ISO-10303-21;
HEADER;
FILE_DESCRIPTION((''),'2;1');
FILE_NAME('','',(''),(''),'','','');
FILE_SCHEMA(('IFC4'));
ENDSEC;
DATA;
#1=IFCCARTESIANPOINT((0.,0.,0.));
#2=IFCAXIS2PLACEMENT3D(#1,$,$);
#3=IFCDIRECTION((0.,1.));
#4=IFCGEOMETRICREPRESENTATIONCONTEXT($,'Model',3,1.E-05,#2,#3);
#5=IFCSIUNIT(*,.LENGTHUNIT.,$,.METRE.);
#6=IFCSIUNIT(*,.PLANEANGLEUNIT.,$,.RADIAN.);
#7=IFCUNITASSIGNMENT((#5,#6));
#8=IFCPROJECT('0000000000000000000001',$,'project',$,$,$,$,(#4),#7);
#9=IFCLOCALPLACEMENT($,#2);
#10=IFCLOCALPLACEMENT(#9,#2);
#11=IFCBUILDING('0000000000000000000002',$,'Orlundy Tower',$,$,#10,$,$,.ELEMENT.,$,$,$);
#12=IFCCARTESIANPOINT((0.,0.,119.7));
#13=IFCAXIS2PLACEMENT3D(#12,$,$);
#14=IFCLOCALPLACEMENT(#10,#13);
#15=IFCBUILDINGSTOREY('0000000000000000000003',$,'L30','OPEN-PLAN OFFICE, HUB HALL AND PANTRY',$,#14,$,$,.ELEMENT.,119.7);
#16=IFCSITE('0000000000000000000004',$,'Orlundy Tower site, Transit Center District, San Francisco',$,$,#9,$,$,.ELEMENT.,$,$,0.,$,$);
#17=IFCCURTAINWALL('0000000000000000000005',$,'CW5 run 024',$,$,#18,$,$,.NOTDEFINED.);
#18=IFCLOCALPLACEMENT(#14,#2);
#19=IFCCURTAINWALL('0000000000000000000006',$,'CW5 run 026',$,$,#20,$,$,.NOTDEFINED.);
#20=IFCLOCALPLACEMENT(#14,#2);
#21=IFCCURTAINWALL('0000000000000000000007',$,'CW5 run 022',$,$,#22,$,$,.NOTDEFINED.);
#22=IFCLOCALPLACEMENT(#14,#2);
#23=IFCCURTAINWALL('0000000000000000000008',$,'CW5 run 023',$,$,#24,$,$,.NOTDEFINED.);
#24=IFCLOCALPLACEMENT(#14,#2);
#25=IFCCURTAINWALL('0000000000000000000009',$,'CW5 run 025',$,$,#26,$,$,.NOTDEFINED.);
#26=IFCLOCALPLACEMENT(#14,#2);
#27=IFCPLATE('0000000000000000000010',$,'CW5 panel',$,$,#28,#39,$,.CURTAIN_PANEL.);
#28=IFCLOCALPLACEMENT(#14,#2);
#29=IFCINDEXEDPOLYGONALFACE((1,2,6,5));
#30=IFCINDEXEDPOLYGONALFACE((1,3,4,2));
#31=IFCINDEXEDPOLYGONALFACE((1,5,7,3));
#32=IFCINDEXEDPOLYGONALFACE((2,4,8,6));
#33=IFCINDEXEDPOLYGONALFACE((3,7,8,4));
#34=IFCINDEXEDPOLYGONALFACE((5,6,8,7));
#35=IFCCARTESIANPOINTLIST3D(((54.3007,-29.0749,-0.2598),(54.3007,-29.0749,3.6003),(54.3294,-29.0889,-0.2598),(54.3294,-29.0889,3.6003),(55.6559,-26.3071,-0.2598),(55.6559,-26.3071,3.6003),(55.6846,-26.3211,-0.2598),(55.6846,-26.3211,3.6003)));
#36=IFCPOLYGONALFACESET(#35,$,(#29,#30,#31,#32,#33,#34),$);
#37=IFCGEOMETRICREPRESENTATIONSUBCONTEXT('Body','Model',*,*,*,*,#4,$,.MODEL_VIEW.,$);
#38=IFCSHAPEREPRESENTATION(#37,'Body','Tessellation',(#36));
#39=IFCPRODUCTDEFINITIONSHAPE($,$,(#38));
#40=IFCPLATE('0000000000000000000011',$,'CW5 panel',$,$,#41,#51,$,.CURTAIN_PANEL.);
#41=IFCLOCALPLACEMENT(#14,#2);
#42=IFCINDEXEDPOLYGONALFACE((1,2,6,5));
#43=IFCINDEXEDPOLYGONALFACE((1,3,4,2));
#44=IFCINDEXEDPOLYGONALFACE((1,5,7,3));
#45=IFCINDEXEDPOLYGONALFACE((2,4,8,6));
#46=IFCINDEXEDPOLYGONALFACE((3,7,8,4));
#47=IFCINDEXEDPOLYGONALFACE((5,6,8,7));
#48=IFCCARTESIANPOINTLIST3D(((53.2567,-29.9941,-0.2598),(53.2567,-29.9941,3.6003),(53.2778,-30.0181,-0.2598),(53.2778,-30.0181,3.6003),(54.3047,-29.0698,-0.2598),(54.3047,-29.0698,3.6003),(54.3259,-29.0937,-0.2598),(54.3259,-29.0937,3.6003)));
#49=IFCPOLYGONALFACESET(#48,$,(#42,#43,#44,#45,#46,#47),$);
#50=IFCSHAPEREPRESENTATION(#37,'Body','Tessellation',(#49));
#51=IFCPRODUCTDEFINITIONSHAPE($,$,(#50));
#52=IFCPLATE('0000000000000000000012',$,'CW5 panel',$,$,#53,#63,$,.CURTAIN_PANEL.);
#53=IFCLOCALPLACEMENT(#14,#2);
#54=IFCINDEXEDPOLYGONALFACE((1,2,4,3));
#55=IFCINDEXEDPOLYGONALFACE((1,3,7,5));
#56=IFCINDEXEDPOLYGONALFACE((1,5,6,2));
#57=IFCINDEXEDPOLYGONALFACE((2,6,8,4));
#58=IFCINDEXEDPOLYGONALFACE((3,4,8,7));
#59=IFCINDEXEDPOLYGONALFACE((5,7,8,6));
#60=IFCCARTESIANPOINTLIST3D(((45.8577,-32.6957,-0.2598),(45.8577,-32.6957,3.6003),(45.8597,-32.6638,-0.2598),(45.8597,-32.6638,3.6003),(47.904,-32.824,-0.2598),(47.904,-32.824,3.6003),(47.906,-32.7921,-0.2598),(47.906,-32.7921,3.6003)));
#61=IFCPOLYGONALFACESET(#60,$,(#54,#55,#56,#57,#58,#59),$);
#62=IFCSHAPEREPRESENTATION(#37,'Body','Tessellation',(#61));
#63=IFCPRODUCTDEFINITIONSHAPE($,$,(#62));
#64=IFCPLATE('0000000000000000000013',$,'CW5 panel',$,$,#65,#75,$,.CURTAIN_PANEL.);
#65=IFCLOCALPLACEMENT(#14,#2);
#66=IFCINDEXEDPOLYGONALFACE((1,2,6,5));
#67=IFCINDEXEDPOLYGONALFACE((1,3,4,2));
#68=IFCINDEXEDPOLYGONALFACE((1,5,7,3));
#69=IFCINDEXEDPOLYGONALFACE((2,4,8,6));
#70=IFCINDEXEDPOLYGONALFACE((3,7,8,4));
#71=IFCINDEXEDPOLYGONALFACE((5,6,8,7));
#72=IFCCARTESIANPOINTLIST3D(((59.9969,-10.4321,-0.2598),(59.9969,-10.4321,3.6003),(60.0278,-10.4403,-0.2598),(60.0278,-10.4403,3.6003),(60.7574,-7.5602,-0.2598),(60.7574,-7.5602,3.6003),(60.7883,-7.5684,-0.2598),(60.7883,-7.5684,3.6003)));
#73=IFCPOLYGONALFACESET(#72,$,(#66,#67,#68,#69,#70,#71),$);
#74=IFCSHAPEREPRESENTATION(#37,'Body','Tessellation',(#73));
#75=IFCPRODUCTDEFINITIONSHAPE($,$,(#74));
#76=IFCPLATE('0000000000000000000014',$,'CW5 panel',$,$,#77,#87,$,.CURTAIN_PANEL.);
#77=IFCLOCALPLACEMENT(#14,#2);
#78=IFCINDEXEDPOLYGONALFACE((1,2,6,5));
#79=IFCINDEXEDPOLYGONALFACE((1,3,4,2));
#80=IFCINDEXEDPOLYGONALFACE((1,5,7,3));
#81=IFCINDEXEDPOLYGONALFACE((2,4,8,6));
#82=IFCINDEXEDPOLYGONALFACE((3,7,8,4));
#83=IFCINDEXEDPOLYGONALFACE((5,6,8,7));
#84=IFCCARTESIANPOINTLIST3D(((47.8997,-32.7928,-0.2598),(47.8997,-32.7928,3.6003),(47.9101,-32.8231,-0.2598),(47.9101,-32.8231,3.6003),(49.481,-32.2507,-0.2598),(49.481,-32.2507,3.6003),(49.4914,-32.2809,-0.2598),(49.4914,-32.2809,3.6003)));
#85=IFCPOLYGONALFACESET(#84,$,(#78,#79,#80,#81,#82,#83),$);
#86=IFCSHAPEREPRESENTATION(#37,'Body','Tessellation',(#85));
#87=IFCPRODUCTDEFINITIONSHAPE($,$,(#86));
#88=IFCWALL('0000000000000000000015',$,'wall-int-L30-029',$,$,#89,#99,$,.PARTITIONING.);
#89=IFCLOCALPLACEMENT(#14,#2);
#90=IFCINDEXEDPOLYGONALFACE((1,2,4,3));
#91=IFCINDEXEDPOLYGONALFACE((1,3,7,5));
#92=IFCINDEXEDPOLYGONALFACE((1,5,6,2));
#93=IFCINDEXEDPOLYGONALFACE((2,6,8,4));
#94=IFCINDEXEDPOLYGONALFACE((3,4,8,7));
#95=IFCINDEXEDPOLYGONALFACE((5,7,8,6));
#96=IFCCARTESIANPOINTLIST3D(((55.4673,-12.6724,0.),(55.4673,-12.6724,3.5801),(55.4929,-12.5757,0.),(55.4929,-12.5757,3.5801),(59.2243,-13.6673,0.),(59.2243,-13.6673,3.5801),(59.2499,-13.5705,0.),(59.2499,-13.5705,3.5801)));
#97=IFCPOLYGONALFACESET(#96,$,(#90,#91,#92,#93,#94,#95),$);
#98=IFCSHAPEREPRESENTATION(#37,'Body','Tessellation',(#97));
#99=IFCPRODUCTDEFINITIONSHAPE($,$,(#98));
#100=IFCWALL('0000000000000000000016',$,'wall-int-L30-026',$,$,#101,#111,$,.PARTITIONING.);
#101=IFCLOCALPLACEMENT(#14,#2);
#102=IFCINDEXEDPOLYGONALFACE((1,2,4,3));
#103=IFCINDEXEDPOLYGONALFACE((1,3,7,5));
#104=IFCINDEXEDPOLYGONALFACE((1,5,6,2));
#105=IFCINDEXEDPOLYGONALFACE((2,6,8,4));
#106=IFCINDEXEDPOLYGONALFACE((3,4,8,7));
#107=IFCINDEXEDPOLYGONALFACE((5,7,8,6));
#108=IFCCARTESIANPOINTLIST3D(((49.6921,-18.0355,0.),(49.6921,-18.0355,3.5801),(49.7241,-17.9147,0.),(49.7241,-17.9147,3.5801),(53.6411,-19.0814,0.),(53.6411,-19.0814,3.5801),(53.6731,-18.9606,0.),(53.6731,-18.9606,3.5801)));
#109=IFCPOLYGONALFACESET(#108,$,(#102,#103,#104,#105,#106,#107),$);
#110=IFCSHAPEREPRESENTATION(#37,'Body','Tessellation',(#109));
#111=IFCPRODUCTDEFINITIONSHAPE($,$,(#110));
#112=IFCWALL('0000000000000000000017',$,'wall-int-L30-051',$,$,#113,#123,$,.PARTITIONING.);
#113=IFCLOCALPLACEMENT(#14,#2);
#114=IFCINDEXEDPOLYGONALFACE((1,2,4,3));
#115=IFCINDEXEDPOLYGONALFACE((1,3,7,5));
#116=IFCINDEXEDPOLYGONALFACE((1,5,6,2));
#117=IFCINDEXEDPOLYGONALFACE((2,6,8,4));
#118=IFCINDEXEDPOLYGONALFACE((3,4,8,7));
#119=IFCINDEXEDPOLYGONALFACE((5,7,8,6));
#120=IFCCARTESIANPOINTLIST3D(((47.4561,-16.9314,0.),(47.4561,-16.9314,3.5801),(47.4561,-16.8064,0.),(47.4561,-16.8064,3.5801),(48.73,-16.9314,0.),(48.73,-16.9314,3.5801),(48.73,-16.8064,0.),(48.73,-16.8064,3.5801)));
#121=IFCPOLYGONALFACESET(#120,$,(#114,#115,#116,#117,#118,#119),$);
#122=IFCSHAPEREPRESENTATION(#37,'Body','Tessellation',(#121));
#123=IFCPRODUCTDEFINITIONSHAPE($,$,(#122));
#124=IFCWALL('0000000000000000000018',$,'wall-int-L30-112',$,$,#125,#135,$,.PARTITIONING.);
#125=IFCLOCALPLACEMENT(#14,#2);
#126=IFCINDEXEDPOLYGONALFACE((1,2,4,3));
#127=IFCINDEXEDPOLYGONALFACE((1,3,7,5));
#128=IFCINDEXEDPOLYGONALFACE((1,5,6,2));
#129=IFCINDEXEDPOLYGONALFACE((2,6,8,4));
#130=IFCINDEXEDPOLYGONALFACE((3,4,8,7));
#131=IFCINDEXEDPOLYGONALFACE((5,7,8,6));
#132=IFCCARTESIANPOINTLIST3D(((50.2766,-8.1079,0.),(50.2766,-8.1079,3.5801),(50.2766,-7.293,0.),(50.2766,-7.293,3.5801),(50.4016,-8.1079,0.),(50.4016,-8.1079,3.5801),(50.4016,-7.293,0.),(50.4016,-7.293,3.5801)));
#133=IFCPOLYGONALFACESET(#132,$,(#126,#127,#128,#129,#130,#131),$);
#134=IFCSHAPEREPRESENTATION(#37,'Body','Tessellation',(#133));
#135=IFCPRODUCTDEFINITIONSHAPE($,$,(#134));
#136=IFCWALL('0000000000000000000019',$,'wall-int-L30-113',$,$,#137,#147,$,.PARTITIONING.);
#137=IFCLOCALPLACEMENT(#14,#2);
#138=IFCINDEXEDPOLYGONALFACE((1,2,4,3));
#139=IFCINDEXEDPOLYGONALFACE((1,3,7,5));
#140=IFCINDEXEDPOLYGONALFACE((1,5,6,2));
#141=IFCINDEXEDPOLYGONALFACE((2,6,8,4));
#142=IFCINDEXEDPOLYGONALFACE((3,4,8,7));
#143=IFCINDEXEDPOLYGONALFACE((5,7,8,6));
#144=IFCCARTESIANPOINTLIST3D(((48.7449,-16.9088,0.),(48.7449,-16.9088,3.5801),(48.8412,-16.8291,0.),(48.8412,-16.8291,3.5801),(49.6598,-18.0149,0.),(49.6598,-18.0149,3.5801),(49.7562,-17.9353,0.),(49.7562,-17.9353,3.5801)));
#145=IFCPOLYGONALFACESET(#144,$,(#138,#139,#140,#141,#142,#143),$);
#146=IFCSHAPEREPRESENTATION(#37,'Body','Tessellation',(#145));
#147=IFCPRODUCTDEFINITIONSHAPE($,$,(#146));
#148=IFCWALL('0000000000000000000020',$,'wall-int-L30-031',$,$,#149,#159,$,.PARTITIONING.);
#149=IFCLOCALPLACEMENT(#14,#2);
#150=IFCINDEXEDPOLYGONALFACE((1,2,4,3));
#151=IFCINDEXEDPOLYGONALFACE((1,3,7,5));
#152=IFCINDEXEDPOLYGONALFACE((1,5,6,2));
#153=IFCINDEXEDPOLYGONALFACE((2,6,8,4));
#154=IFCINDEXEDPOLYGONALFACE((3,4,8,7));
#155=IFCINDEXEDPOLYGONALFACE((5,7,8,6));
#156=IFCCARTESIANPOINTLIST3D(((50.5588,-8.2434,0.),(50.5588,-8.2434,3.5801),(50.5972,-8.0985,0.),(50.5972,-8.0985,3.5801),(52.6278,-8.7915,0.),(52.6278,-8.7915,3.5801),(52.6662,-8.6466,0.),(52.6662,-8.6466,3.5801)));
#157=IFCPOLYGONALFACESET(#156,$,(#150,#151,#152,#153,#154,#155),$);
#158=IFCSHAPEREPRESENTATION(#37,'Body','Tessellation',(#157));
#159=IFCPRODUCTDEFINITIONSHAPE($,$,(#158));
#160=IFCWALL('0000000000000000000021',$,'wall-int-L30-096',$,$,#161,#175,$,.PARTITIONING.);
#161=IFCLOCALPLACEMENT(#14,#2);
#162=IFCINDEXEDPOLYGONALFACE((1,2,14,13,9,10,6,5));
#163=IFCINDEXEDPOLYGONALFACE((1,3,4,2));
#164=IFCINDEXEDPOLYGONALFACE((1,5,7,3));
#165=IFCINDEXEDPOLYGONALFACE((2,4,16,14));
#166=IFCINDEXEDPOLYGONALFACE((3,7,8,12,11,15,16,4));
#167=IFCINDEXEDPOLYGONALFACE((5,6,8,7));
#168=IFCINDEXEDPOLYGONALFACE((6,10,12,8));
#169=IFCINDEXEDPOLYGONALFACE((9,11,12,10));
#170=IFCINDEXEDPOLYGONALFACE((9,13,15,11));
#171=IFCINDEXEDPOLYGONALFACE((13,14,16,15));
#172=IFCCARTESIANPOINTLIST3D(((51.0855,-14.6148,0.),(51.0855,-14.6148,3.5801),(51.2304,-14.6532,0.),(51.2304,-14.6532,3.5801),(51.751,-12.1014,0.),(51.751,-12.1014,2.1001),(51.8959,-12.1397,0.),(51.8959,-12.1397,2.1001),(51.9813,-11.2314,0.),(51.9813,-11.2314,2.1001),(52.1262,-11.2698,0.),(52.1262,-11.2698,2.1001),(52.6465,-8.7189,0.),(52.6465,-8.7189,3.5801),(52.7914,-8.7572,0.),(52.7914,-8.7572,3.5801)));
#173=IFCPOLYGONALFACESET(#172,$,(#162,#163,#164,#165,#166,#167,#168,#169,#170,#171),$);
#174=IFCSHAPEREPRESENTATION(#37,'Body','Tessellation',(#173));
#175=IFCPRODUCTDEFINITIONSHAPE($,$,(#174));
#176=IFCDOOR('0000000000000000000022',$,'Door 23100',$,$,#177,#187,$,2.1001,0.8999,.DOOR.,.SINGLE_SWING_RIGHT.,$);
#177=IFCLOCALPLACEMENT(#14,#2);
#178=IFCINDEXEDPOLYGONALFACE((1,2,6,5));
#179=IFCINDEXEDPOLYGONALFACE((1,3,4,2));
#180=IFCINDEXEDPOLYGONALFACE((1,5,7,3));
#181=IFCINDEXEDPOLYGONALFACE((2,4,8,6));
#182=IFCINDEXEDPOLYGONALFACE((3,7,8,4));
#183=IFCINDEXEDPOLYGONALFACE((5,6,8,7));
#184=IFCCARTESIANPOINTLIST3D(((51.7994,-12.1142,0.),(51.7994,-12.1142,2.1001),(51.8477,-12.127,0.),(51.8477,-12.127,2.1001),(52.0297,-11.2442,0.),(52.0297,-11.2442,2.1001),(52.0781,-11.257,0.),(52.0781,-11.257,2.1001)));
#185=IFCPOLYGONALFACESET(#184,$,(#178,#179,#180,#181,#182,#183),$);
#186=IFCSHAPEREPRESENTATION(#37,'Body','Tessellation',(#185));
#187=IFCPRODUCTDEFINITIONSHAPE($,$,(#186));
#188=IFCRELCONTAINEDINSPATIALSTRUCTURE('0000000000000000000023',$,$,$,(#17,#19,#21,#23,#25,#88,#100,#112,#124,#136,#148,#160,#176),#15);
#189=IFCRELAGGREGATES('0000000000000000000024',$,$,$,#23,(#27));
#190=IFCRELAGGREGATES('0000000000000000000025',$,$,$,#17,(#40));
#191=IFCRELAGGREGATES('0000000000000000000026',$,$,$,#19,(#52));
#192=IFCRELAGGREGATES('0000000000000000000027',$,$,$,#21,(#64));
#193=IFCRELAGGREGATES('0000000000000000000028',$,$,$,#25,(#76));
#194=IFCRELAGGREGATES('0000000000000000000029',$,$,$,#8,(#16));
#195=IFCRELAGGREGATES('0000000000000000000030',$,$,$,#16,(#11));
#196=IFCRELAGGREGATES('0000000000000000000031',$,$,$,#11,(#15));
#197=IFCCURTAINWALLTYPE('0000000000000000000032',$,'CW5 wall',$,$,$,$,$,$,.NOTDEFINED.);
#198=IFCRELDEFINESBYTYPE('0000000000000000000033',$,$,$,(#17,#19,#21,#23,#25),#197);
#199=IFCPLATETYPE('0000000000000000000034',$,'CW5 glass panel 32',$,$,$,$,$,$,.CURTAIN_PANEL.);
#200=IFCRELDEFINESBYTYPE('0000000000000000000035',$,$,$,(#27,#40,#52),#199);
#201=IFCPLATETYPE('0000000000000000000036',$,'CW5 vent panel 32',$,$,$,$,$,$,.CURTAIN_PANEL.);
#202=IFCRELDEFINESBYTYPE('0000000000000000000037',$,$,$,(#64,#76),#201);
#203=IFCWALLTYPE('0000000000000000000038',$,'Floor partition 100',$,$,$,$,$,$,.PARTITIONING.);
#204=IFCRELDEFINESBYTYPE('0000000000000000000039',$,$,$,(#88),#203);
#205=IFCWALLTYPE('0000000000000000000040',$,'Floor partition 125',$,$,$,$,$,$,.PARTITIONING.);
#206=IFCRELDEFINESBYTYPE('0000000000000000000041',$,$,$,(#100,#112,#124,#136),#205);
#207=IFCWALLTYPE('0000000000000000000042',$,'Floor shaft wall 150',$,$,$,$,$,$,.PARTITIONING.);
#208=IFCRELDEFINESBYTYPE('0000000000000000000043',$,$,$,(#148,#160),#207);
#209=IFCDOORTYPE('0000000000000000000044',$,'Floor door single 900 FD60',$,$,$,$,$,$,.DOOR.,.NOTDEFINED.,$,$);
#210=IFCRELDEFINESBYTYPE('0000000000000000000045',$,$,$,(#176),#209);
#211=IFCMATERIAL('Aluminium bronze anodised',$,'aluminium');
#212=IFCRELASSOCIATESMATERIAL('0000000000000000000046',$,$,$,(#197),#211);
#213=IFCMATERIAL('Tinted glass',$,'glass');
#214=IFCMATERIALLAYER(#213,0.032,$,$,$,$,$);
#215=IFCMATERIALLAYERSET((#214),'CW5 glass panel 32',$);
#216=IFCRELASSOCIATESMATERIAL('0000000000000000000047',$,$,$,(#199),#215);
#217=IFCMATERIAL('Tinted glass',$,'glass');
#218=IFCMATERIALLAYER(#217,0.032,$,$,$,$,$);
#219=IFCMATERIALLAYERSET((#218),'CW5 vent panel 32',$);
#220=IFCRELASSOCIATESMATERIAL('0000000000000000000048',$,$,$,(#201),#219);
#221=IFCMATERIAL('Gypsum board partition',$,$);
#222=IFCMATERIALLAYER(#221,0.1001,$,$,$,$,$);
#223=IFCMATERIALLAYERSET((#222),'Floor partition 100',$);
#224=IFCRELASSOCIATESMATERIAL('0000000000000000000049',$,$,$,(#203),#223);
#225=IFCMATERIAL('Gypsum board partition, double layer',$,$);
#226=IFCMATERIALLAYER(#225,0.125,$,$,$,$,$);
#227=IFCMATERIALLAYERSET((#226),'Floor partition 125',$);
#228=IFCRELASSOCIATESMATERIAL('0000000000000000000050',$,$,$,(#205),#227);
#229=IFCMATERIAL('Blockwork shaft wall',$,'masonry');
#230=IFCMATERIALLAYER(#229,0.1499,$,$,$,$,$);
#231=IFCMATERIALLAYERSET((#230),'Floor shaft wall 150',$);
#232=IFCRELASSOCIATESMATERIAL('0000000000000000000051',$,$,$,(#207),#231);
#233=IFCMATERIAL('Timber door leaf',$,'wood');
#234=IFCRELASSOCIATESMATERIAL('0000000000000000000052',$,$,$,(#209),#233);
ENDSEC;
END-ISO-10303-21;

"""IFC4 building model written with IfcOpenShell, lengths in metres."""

from ifc_helpers import new_model, si_unit, direction, frame, frame_2d, origin, origin_2d, place, context, subcontext, project, spatial, rectangle, extrude, material, layer, layer_set, type_object, element, fill, aggregate, save


model = new_model("IFC4")

# Units and contexts
model_context = context("Model", 3, precision=1e-05, world=origin(), true_north=direction((0.0, 1.0)))
body_context = subcontext(model_context, "Body", "Model", "MODEL_VIEW")
ifc_project = project(units=[si_unit("LENGTHUNIT", "METRE"), si_unit("PLANEANGLEUNIT", "RADIAN")], contexts=[model_context])

# Site, building, storey
site_placement = place(None, origin())
site = spatial("IfcSite", under=ifc_project, at=site_placement, Name="Orlundy Tower site, Transit Center District, San Francisco", CompositionType="ELEMENT", RefElevation=0.0)
building_placement = place(site_placement, origin())
building = spatial("IfcBuilding", under=site, at=building_placement, Name="Orlundy Tower", CompositionType="ELEMENT")
storey_placement = place(building_placement, frame((0.0, 0.0, 119.7)))
storey = spatial("IfcBuildingStorey", under=building, at=storey_placement, Name="L30", Description="OPEN-PLAN OFFICE, HUB HALL AND PANTRY", CompositionType="ELEMENT", Elevation=119.7)

# Curtain walls
ifc_material_1 = material(Name="Aluminium bronze anodised", Category="aluminium")
curtain_wall_type = type_object("IfcCurtainWallType", Name="CW5 wall", PredefinedType="NOTDEFINED", material=ifc_material_1)
curtain_wall_1_placement = place(storey_placement, origin())
curtain_wall_1 = element("IfcCurtainWall", 1, at=curtain_wall_1_placement, inside=storey, type_object=curtain_wall_type, Name="CW5 run 024", PredefinedType="NOTDEFINED")
curtain_wall_2_placement = place(storey_placement, origin())
curtain_wall_2 = element("IfcCurtainWall", 2, at=curtain_wall_2_placement, inside=storey, type_object=curtain_wall_type, Name="CW5 run 026", PredefinedType="NOTDEFINED")

# Curtain wall
curtain_wall_3_placement = place(storey_placement, origin())
curtain_wall_3 = element("IfcCurtainWall", 3, at=curtain_wall_3_placement, inside=storey, type_object=curtain_wall_type, Name="CW5 run 022", PredefinedType="NOTDEFINED")

# Curtain wall
curtain_wall_4_placement = place(storey_placement, origin())
curtain_wall_4 = element("IfcCurtainWall", 4, at=curtain_wall_4_placement, inside=storey, type_object=curtain_wall_type, Name="CW5 run 023", PredefinedType="NOTDEFINED")

# Curtain wall
curtain_wall_5_placement = place(storey_placement, origin())
curtain_wall_5 = element("IfcCurtainWall", 5, at=curtain_wall_5_placement, inside=storey, type_object=curtain_wall_type, Name="CW5 run 025", PredefinedType="NOTDEFINED")

# Plates
ifc_material_2 = material(Name="Tinted glass", Category="glass")
ifc_layer_1 = layer(ifc_material_2, 0.032)
ifc_layer_set_1 = layer_set([ifc_layer_1], Name="CW5 glass panel 32")
plate_type_1 = type_object("IfcPlateType", Name="CW5 glass panel 32", PredefinedType="CURTAIN_PANEL", material=ifc_layer_set_1)
plate_1_placement = place(storey_placement, frame((54.9927, -27.698, -0.2598), z_axis=(0.0, 0.0, 1.0), x_axis=(-0.439752, -0.898119, 0.0)))
plate_1 = element("IfcPlate", 6, at=plate_1_placement, type_object=plate_type_1, Name="CW5 panel", PredefinedType="CURTAIN_PANEL", context=body_context, shape_type="SweptSolid", body=[
    extrude(rectangle(XDim=3.0818, YDim=0.032, at=origin_2d()), origin(), (0.0, 0.0, 1.0), 3.8601),
])
aggregate(curtain_wall_4, [plate_1])
plate_2_placement = place(storey_placement, frame((53.7913, -29.5439, -0.2598), z_axis=(0.0, 0.0, 1.0), x_axis=(-0.749964, -0.661479, 0.0)))
plate_2 = element("IfcPlate", 7, at=plate_2_placement, type_object=plate_type_1, Name="CW5 panel", PredefinedType="CURTAIN_PANEL", context=body_context, shape_type="SweptSolid", body=[
    extrude(rectangle(XDim=1.3975, YDim=0.032, at=origin_2d()), origin(), (0.0, 0.0, 1.0), 3.8601),
])
aggregate(curtain_wall_1, [plate_2])
plate_3_placement = place(storey_placement, frame((46.8818, -32.7439, -0.2598), z_axis=(0.0, 0.0, 1.0), x_axis=(-0.99804, 0.06258, 0.0)))
plate_3 = element("IfcPlate", 8, at=plate_3_placement, type_object=plate_type_1, Name="CW5 panel", PredefinedType="CURTAIN_PANEL", context=body_context, shape_type="SweptSolid", body=[
    extrude(rectangle(XDim=2.0503, YDim=0.032, at=origin_2d()), origin(), (0.0, 0.0, 1.0), 3.8601),
])
aggregate(curtain_wall_2, [plate_3])
ifc_material_3 = material(Name="Tinted glass", Category="glass")
ifc_layer_2 = layer(ifc_material_3, 0.032)
ifc_layer_set_2 = layer_set([ifc_layer_2], Name="CW5 vent panel 32")
plate_type_2 = type_object("IfcPlateType", Name="CW5 vent panel 32", PredefinedType="CURTAIN_PANEL", material=ifc_layer_set_2)
plate_4_placement = place(storey_placement, frame((60.3926, -9.0002, -0.2598), z_axis=(0.0, 0.0, 1.0), x_axis=(-0.255991, -0.966679, 0.0)))
plate_4 = element("IfcPlate", 9, at=plate_4_placement, type_object=plate_type_2, Name="CW5 panel", PredefinedType="CURTAIN_PANEL", context=body_context, shape_type="SweptSolid", body=[
    extrude(rectangle(XDim=2.9709, YDim=0.032, at=origin_2d()), origin(), (0.0, 0.0, 1.0), 3.8601),
])
aggregate(curtain_wall_3, [plate_4])
plate_5_placement = place(storey_placement, frame((48.6956, -32.5369, -0.2598), z_axis=(0.0, 0.0, 1.0), x_axis=(-0.945951, -0.324311, 0.0)))
plate_5 = element("IfcPlate", 10, at=plate_5_placement, type_object=plate_type_2, Name="CW5 panel", PredefinedType="CURTAIN_PANEL", context=body_context, shape_type="SweptSolid", body=[
    extrude(rectangle(XDim=1.6716, YDim=0.032, at=origin_2d()), origin(), (0.0, 0.0, 1.0), 3.8601),
])
aggregate(curtain_wall_5, [plate_5])

# Walls
ifc_material_4 = material(Name="Gypsum board partition")
ifc_layer_3 = layer(ifc_material_4, 0.1001)
ifc_layer_set_3 = layer_set([ifc_layer_3], Name="Floor partition 100")
wall_type_1 = type_object("IfcWallType", Name="Floor partition 100", PredefinedType="PARTITIONING", material=ifc_layer_set_3)
wall_1_placement = place(storey_placement, frame((55.48, -12.624, 0.0), z_axis=(0.0, 0.0, 1.0), x_axis=(0.966683, -0.255977, 0.0)))
element("IfcWall", 11, at=wall_1_placement, inside=storey, type_object=wall_type_1, Name="wall-int-L30-029", PredefinedType="PARTITIONING", context=body_context, shape_type="SweptSolid", body=[
    extrude(rectangle(XDim=3.8865, YDim=0.1001, at=frame_2d((1.9434, 0.0))), origin(), (0.0, 0.0, 1.0), 3.5801),
])
ifc_material_5 = material(Name="Gypsum board partition, double layer")
ifc_layer_4 = layer(ifc_material_5, 0.125)
ifc_layer_set_4 = layer_set([ifc_layer_4], Name="Floor partition 125")
wall_type_2 = type_object("IfcWallType", Name="Floor partition 125", PredefinedType="PARTITIONING", material=ifc_layer_set_4)
wall_2_placement = place(storey_placement, frame((53.657, -19.021, 0.0), z_axis=(0.0, 0.0, 1.0), x_axis=(-0.96667, 0.256026, 0.0)))
element("IfcWall", 12, at=wall_2_placement, inside=storey, type_object=wall_type_2, Name="wall-int-L30-026", PredefinedType="PARTITIONING", context=body_context, shape_type="SweptSolid", body=[
    extrude(rectangle(XDim=4.0852, YDim=0.125, at=frame_2d((2.0425, 0.0))), origin(), (0.0, 0.0, 1.0), 3.5801),
])
wall_3_placement = place(storey_placement, frame((47.4561, -16.8689, 0.0), z_axis=(0.0, 0.0, 1.0), x_axis=(1.0, 0.0, 0.0)))
element("IfcWall", 13, at=wall_3_placement, inside=storey, type_object=wall_type_2, Name="wall-int-L30-051", PredefinedType="PARTITIONING", context=body_context, shape_type="SweptSolid", body=[
    extrude(rectangle(XDim=1.2739, YDim=0.125, at=frame_2d((0.637, 0.0))), origin(), (0.0, 0.0, 1.0), 3.5801),
])
wall_4_placement = place(storey_placement, frame((50.3391, -8.1079, 0.0), z_axis=(0.0, 0.0, 1.0), x_axis=(0.0, 1.0, 0.0)))
element("IfcWall", 14, at=wall_4_placement, inside=storey, type_object=wall_type_2, Name="wall-int-L30-112", PredefinedType="PARTITIONING", context=body_context, shape_type="SweptSolid", body=[
    extrude(rectangle(XDim=0.8149, YDim=0.125, at=frame_2d((0.4075, 0.0))), origin(), (0.0, 0.0, 1.0), 3.5801),
])
wall_5_placement = place(storey_placement, frame((49.708, -17.9751, 0.0), z_axis=(0.0, 0.0, 1.0), x_axis=(-0.637387, 0.770544, 0.0)))
element("IfcWall", 15, at=wall_5_placement, inside=storey, type_object=wall_type_2, Name="wall-int-L30-113", PredefinedType="PARTITIONING", context=body_context, shape_type="SweptSolid", body=[
    extrude(rectangle(XDim=1.4355, YDim=0.125, at=frame_2d((0.7178, 0.0))), origin(), (0.0, 0.0, 1.0), 3.5801),
])
ifc_material_6 = material(Name="Blockwork shaft wall", Category="masonry")
ifc_layer_5 = layer(ifc_material_6, 0.1499)
ifc_layer_set_5 = layer_set([ifc_layer_5], Name="Floor shaft wall 150")
wall_type_3 = type_object("IfcWallType", Name="Floor shaft wall 150", PredefinedType="PARTITIONING", material=ifc_layer_set_5)
wall_6_placement = place(storey_placement, frame((50.5779, -8.1709, 0.0), z_axis=(0.0, 0.0, 1.0), x_axis=(0.96666, -0.256065, 0.0)))
element("IfcWall", 16, at=wall_6_placement, inside=storey, type_object=wall_type_3, Name="wall-int-L30-031", PredefinedType="PARTITIONING", context=body_context, shape_type="SweptSolid", body=[
    extrude(rectangle(XDim=2.1404, YDim=0.1499, at=frame_2d((1.0703, 0.0))), origin(), (0.0, 0.0, 1.0), 3.5801),
])

# Wall, opening, door
wall_7_placement = place(storey_placement, frame((51.158, -14.634, 0.0), z_axis=(0.0, 0.0, 1.0), x_axis=(0.255943, 0.966692, 0.0)))
wall_7 = element("IfcWall", 17, at=wall_7_placement, inside=storey, type_object=wall_type_3, Name="wall-int-L30-096", PredefinedType="PARTITIONING", context=body_context, shape_type="SweptSolid", body=[
    extrude(rectangle(XDim=6.0991, YDim=0.1499, at=frame_2d((3.0496, 0.0))), origin(), (0.0, 0.0, 1.0), 3.5801),
])
opening_placement = place(wall_7_placement, frame((2.6001, 0.0, 0.0)))
opening = element("IfcOpeningElement", 18, at=opening_placement, cuts=wall_7, PredefinedType="OPENING", context=body_context, shape_type="SweptSolid", body=[
    extrude(rectangle(XDim=0.8999, YDim=2.1001, at=frame_2d((0.45, 1.05))), frame((0.0, 0.085, 0.0), z_axis=(0.0, -1.0, 0.0), x_axis=(1.0, 0.0, 0.0)), (0.0, 0.0, 1.0), 0.1699),
])
ifc_material_7 = material(Name="Timber door leaf", Category="wood")
door_type = type_object("IfcDoorType", Name="Floor door single 900 FD60", OperationType="NOTDEFINED", PredefinedType="DOOR", material=ifc_material_7)
door_placement = place(opening_placement, origin())
door = element("IfcDoor", 19, at=door_placement, inside=storey, type_object=door_type, Name="Door 23100", OperationType="SINGLE_SWING_RIGHT", OverallHeight=2.1001, OverallWidth=0.8999, PredefinedType="DOOR", context=body_context, shape_type="SweptSolid", body=[
    extrude(rectangle(XDim=0.8999, YDim=2.1001, at=frame_2d((0.45, 1.05))), frame((0.0, 0.0249, 0.0), z_axis=(0.0, -1.0, 0.0), x_axis=(1.0, 0.0, 0.0)), (0.0, 0.0, 1.0), 0.05),
])
fill(opening, door)

save(model, "model.ifc")
